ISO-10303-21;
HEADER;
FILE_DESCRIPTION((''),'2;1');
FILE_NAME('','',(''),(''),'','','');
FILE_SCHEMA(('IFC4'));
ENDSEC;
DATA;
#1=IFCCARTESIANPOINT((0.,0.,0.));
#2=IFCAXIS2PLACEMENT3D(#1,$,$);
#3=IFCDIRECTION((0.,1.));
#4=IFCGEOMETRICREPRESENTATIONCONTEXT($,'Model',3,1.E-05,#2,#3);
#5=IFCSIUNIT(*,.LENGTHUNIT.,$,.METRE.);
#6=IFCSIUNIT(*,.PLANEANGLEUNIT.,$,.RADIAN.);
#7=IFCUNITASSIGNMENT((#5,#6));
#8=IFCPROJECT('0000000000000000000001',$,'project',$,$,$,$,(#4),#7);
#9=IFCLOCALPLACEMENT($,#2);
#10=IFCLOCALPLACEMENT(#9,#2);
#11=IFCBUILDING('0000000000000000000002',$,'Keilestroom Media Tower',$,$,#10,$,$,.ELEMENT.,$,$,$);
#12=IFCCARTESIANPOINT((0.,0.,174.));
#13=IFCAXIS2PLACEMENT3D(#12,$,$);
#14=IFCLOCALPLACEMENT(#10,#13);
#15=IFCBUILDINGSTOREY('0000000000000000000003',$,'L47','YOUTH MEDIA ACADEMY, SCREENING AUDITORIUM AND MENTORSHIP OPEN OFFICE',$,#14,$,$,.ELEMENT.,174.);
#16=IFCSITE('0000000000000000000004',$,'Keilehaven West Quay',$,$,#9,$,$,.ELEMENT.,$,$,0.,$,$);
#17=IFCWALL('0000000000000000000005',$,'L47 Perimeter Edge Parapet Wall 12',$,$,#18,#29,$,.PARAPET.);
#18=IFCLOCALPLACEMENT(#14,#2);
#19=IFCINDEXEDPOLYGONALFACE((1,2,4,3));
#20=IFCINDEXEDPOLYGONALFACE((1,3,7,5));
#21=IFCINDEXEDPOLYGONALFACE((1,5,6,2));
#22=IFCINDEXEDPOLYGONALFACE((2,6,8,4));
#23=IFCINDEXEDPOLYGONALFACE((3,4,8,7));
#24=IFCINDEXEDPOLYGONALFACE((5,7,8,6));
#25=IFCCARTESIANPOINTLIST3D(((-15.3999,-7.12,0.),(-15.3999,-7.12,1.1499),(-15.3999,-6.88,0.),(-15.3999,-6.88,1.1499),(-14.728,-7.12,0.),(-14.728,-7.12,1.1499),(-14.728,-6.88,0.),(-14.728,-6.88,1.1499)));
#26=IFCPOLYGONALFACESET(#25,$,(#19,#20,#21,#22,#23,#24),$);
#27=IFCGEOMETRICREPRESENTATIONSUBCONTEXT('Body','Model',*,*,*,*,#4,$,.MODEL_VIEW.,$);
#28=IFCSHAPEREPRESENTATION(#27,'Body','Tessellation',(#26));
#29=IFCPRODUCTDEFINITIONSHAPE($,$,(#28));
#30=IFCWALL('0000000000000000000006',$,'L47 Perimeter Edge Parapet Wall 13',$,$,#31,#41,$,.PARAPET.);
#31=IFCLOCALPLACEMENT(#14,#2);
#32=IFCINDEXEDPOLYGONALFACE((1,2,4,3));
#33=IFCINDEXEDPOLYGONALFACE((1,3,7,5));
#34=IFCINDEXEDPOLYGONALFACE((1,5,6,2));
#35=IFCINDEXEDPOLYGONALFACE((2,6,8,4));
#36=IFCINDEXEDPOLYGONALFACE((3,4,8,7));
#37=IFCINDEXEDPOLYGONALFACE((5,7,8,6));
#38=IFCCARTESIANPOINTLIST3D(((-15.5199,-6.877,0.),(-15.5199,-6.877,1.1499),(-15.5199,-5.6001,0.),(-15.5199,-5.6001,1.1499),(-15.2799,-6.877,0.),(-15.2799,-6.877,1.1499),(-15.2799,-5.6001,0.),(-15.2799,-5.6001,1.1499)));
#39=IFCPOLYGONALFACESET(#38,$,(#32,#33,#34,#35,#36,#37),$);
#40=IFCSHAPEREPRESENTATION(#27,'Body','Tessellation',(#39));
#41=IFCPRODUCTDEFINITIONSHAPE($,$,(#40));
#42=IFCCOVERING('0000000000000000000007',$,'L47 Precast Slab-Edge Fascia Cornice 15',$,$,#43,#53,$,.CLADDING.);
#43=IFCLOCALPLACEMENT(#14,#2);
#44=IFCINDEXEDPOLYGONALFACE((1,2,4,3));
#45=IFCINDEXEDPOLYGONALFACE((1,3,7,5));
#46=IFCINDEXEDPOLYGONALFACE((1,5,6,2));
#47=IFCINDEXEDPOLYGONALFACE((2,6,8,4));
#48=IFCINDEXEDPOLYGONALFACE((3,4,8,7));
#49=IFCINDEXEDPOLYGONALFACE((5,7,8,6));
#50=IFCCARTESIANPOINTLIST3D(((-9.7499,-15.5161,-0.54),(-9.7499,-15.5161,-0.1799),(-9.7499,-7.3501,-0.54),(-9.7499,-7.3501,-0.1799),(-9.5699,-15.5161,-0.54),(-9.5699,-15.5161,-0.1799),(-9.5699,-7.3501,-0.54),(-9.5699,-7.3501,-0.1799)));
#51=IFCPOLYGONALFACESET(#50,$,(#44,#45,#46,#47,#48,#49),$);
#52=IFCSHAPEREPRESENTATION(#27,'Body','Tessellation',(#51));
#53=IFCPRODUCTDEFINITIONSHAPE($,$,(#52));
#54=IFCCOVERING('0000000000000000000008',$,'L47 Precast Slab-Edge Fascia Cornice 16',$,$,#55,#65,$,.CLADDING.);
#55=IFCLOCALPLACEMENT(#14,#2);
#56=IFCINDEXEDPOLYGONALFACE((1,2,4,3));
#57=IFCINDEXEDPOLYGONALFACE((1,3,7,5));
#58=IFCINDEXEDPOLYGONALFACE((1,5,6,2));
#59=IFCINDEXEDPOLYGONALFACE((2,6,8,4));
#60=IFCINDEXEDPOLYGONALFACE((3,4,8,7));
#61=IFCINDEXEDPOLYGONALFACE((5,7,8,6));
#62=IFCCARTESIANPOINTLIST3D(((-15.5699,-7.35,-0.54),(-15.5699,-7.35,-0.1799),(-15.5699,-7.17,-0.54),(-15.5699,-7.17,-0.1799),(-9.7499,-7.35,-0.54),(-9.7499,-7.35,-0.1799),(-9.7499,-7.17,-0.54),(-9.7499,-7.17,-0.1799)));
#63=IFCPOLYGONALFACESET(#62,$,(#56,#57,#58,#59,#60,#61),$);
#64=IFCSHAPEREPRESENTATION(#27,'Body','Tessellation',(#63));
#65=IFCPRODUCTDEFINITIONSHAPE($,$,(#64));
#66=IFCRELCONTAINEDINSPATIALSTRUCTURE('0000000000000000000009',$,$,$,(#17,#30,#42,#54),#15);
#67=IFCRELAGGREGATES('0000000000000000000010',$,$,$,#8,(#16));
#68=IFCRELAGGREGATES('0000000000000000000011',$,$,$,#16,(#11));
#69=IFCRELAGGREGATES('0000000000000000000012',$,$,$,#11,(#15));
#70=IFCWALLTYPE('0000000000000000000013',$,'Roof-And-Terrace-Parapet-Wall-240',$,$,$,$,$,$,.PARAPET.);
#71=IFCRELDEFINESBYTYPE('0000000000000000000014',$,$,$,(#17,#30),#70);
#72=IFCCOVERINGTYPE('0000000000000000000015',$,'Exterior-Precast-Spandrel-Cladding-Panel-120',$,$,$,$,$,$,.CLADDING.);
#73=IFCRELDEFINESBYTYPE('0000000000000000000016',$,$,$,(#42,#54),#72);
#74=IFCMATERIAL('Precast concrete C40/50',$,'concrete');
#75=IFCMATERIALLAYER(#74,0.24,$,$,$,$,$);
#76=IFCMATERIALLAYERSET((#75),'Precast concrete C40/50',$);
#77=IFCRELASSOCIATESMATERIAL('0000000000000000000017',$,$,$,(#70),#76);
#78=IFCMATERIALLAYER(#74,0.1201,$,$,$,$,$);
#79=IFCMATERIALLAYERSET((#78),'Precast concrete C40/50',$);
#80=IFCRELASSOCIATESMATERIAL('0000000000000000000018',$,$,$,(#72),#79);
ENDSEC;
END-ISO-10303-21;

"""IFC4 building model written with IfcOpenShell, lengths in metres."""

from ifc_helpers import new_model, si_unit, direction, frame, frame_2d, origin, origin_2d, place, context, subcontext, project, spatial, rectangle, extrude, source, transform, mapped, material, layer, layer_set, type_object, element, save


model = new_model("IFC4")

# Units and contexts
model_context = context("Model", 3, precision=1e-05, world=origin(), true_north=direction((0.0, 1.0)))
body_context = subcontext(model_context, "Body", "Model", "MODEL_VIEW")
ifc_project = project(units=[si_unit("LENGTHUNIT", "METRE"), si_unit("PLANEANGLEUNIT", "RADIAN")], contexts=[model_context])

# Site, building, storey
site_placement = place(None, origin())
site = spatial("IfcSite", under=ifc_project, at=site_placement, Name="Keilehaven West Quay", CompositionType="ELEMENT", RefElevation=0.0)
building_placement = place(site_placement, origin())
building = spatial("IfcBuilding", under=site, at=building_placement, Name="Keilestroom Media Tower", CompositionType="ELEMENT")
storey_placement = place(building_placement, frame((0.0, 0.0, 174.0)))
storey = spatial("IfcBuildingStorey", under=building, at=storey_placement, Name="L47", Description="YOUTH MEDIA ACADEMY, SCREENING AUDITORIUM AND MENTORSHIP OPEN OFFICE", CompositionType="ELEMENT", Elevation=174.0)

# Shared definitions
ifc_material_1 = material(Name="Precast concrete C40/50", Category="concrete")

# Walls
ifc_layer_1 = layer(ifc_material_1, 0.24)
ifc_layer_set_1 = layer_set([ifc_layer_1], Name="Precast concrete C40/50")
wall_type_1 = type_object("IfcWallType", Name="Roof-And-Terrace-Parapet-Wall-240", PredefinedType="PARAPET", material=ifc_layer_set_1)
wall_1_placement = place(storey_placement, frame((-14.728, -7.0, 0.0), z_axis=(0.0, 0.0, 1.0), x_axis=(-1.0, 0.0, 0.0)))
element("IfcWall", 1, at=wall_1_placement, inside=storey, type_object=wall_type_1, Name="L47 Perimeter Edge Parapet Wall 12", PredefinedType="PARAPET", context=body_context, shape_type="SweptSolid", body=[
    extrude(rectangle(XDim=0.6719, YDim=0.24, at=frame_2d((0.3359, 0.0))), origin(), (0.0, 0.0, 1.0), 1.1499),
])
wall_2_placement = place(storey_placement, frame((-15.3999, -6.877, 0.0), z_axis=(0.0, 0.0, 1.0), x_axis=(0.0, 1.0, 0.0)))
element("IfcWall", 2, at=wall_2_placement, inside=storey, type_object=wall_type_1, Name="L47 Perimeter Edge Parapet Wall 13", PredefinedType="PARAPET", context=body_context, shape_type="SweptSolid", body=[
    extrude(rectangle(XDim=1.2769, YDim=0.24, at=frame_2d((0.6384, 0.0))), origin(), (0.0, 0.0, 1.0), 1.1499),
])

# Coverings
ifc_layer_2 = layer(ifc_material_1, 0.1201)
ifc_layer_set_2 = layer_set([ifc_layer_2], Name="Precast concrete C40/50")
covering_type = type_object("IfcCoveringType", Name="Exterior-Precast-Spandrel-Cladding-Panel-120", PredefinedType="CLADDING", material=ifc_layer_set_2)
shared_shape_1 = source(origin(), body_context, "Body", "SweptSolid", [
    extrude(rectangle(XDim=8.166, YDim=0.1799, at=origin_2d()), origin(), (0.0, 0.0, 1.0), 0.3601),
])
covering_1_placement = place(storey_placement, frame((-9.6599, -11.4331, -0.54), z_axis=(0.0, 0.0, 1.0), x_axis=(0.0, 1.0, 0.0)))
element("IfcCovering", 3, at=covering_1_placement, inside=storey, type_object=covering_type, Name="L47 Precast Slab-Edge Fascia Cornice 15", PredefinedType="CLADDING", context=body_context, shape_type="MappedRepresentation", body=[
    mapped(shared_shape_1, transform((0.0, 0.0, 0.0), x_axis=(1.0, 0.0, 0.0), y_axis=(0.0, 1.0, 0.0), z_axis=(0.0, 0.0, 1.0), scale=1.0)),
])
shared_shape_2 = source(origin(), body_context, "Body", "SweptSolid", [
    extrude(rectangle(XDim=5.8201, YDim=0.1799, at=origin_2d()), origin(), (0.0, 0.0, 1.0), 0.3601),
])
covering_2_placement = place(storey_placement, frame((-12.6599, -7.26, -0.54), z_axis=(0.0, 0.0, 1.0), x_axis=(-1.0, 0.0, 0.0)))
element("IfcCovering", 4, at=covering_2_placement, inside=storey, type_object=covering_type, Name="L47 Precast Slab-Edge Fascia Cornice 16", PredefinedType="CLADDING", context=body_context, shape_type="MappedRepresentation", body=[
    mapped(shared_shape_2, transform((0.0, 0.0, 0.0), x_axis=(1.0, 0.0, 0.0), y_axis=(0.0, 1.0, 0.0), z_axis=(0.0, 0.0, 1.0), scale=1.0)),
])

save(model, "model.ifc")
